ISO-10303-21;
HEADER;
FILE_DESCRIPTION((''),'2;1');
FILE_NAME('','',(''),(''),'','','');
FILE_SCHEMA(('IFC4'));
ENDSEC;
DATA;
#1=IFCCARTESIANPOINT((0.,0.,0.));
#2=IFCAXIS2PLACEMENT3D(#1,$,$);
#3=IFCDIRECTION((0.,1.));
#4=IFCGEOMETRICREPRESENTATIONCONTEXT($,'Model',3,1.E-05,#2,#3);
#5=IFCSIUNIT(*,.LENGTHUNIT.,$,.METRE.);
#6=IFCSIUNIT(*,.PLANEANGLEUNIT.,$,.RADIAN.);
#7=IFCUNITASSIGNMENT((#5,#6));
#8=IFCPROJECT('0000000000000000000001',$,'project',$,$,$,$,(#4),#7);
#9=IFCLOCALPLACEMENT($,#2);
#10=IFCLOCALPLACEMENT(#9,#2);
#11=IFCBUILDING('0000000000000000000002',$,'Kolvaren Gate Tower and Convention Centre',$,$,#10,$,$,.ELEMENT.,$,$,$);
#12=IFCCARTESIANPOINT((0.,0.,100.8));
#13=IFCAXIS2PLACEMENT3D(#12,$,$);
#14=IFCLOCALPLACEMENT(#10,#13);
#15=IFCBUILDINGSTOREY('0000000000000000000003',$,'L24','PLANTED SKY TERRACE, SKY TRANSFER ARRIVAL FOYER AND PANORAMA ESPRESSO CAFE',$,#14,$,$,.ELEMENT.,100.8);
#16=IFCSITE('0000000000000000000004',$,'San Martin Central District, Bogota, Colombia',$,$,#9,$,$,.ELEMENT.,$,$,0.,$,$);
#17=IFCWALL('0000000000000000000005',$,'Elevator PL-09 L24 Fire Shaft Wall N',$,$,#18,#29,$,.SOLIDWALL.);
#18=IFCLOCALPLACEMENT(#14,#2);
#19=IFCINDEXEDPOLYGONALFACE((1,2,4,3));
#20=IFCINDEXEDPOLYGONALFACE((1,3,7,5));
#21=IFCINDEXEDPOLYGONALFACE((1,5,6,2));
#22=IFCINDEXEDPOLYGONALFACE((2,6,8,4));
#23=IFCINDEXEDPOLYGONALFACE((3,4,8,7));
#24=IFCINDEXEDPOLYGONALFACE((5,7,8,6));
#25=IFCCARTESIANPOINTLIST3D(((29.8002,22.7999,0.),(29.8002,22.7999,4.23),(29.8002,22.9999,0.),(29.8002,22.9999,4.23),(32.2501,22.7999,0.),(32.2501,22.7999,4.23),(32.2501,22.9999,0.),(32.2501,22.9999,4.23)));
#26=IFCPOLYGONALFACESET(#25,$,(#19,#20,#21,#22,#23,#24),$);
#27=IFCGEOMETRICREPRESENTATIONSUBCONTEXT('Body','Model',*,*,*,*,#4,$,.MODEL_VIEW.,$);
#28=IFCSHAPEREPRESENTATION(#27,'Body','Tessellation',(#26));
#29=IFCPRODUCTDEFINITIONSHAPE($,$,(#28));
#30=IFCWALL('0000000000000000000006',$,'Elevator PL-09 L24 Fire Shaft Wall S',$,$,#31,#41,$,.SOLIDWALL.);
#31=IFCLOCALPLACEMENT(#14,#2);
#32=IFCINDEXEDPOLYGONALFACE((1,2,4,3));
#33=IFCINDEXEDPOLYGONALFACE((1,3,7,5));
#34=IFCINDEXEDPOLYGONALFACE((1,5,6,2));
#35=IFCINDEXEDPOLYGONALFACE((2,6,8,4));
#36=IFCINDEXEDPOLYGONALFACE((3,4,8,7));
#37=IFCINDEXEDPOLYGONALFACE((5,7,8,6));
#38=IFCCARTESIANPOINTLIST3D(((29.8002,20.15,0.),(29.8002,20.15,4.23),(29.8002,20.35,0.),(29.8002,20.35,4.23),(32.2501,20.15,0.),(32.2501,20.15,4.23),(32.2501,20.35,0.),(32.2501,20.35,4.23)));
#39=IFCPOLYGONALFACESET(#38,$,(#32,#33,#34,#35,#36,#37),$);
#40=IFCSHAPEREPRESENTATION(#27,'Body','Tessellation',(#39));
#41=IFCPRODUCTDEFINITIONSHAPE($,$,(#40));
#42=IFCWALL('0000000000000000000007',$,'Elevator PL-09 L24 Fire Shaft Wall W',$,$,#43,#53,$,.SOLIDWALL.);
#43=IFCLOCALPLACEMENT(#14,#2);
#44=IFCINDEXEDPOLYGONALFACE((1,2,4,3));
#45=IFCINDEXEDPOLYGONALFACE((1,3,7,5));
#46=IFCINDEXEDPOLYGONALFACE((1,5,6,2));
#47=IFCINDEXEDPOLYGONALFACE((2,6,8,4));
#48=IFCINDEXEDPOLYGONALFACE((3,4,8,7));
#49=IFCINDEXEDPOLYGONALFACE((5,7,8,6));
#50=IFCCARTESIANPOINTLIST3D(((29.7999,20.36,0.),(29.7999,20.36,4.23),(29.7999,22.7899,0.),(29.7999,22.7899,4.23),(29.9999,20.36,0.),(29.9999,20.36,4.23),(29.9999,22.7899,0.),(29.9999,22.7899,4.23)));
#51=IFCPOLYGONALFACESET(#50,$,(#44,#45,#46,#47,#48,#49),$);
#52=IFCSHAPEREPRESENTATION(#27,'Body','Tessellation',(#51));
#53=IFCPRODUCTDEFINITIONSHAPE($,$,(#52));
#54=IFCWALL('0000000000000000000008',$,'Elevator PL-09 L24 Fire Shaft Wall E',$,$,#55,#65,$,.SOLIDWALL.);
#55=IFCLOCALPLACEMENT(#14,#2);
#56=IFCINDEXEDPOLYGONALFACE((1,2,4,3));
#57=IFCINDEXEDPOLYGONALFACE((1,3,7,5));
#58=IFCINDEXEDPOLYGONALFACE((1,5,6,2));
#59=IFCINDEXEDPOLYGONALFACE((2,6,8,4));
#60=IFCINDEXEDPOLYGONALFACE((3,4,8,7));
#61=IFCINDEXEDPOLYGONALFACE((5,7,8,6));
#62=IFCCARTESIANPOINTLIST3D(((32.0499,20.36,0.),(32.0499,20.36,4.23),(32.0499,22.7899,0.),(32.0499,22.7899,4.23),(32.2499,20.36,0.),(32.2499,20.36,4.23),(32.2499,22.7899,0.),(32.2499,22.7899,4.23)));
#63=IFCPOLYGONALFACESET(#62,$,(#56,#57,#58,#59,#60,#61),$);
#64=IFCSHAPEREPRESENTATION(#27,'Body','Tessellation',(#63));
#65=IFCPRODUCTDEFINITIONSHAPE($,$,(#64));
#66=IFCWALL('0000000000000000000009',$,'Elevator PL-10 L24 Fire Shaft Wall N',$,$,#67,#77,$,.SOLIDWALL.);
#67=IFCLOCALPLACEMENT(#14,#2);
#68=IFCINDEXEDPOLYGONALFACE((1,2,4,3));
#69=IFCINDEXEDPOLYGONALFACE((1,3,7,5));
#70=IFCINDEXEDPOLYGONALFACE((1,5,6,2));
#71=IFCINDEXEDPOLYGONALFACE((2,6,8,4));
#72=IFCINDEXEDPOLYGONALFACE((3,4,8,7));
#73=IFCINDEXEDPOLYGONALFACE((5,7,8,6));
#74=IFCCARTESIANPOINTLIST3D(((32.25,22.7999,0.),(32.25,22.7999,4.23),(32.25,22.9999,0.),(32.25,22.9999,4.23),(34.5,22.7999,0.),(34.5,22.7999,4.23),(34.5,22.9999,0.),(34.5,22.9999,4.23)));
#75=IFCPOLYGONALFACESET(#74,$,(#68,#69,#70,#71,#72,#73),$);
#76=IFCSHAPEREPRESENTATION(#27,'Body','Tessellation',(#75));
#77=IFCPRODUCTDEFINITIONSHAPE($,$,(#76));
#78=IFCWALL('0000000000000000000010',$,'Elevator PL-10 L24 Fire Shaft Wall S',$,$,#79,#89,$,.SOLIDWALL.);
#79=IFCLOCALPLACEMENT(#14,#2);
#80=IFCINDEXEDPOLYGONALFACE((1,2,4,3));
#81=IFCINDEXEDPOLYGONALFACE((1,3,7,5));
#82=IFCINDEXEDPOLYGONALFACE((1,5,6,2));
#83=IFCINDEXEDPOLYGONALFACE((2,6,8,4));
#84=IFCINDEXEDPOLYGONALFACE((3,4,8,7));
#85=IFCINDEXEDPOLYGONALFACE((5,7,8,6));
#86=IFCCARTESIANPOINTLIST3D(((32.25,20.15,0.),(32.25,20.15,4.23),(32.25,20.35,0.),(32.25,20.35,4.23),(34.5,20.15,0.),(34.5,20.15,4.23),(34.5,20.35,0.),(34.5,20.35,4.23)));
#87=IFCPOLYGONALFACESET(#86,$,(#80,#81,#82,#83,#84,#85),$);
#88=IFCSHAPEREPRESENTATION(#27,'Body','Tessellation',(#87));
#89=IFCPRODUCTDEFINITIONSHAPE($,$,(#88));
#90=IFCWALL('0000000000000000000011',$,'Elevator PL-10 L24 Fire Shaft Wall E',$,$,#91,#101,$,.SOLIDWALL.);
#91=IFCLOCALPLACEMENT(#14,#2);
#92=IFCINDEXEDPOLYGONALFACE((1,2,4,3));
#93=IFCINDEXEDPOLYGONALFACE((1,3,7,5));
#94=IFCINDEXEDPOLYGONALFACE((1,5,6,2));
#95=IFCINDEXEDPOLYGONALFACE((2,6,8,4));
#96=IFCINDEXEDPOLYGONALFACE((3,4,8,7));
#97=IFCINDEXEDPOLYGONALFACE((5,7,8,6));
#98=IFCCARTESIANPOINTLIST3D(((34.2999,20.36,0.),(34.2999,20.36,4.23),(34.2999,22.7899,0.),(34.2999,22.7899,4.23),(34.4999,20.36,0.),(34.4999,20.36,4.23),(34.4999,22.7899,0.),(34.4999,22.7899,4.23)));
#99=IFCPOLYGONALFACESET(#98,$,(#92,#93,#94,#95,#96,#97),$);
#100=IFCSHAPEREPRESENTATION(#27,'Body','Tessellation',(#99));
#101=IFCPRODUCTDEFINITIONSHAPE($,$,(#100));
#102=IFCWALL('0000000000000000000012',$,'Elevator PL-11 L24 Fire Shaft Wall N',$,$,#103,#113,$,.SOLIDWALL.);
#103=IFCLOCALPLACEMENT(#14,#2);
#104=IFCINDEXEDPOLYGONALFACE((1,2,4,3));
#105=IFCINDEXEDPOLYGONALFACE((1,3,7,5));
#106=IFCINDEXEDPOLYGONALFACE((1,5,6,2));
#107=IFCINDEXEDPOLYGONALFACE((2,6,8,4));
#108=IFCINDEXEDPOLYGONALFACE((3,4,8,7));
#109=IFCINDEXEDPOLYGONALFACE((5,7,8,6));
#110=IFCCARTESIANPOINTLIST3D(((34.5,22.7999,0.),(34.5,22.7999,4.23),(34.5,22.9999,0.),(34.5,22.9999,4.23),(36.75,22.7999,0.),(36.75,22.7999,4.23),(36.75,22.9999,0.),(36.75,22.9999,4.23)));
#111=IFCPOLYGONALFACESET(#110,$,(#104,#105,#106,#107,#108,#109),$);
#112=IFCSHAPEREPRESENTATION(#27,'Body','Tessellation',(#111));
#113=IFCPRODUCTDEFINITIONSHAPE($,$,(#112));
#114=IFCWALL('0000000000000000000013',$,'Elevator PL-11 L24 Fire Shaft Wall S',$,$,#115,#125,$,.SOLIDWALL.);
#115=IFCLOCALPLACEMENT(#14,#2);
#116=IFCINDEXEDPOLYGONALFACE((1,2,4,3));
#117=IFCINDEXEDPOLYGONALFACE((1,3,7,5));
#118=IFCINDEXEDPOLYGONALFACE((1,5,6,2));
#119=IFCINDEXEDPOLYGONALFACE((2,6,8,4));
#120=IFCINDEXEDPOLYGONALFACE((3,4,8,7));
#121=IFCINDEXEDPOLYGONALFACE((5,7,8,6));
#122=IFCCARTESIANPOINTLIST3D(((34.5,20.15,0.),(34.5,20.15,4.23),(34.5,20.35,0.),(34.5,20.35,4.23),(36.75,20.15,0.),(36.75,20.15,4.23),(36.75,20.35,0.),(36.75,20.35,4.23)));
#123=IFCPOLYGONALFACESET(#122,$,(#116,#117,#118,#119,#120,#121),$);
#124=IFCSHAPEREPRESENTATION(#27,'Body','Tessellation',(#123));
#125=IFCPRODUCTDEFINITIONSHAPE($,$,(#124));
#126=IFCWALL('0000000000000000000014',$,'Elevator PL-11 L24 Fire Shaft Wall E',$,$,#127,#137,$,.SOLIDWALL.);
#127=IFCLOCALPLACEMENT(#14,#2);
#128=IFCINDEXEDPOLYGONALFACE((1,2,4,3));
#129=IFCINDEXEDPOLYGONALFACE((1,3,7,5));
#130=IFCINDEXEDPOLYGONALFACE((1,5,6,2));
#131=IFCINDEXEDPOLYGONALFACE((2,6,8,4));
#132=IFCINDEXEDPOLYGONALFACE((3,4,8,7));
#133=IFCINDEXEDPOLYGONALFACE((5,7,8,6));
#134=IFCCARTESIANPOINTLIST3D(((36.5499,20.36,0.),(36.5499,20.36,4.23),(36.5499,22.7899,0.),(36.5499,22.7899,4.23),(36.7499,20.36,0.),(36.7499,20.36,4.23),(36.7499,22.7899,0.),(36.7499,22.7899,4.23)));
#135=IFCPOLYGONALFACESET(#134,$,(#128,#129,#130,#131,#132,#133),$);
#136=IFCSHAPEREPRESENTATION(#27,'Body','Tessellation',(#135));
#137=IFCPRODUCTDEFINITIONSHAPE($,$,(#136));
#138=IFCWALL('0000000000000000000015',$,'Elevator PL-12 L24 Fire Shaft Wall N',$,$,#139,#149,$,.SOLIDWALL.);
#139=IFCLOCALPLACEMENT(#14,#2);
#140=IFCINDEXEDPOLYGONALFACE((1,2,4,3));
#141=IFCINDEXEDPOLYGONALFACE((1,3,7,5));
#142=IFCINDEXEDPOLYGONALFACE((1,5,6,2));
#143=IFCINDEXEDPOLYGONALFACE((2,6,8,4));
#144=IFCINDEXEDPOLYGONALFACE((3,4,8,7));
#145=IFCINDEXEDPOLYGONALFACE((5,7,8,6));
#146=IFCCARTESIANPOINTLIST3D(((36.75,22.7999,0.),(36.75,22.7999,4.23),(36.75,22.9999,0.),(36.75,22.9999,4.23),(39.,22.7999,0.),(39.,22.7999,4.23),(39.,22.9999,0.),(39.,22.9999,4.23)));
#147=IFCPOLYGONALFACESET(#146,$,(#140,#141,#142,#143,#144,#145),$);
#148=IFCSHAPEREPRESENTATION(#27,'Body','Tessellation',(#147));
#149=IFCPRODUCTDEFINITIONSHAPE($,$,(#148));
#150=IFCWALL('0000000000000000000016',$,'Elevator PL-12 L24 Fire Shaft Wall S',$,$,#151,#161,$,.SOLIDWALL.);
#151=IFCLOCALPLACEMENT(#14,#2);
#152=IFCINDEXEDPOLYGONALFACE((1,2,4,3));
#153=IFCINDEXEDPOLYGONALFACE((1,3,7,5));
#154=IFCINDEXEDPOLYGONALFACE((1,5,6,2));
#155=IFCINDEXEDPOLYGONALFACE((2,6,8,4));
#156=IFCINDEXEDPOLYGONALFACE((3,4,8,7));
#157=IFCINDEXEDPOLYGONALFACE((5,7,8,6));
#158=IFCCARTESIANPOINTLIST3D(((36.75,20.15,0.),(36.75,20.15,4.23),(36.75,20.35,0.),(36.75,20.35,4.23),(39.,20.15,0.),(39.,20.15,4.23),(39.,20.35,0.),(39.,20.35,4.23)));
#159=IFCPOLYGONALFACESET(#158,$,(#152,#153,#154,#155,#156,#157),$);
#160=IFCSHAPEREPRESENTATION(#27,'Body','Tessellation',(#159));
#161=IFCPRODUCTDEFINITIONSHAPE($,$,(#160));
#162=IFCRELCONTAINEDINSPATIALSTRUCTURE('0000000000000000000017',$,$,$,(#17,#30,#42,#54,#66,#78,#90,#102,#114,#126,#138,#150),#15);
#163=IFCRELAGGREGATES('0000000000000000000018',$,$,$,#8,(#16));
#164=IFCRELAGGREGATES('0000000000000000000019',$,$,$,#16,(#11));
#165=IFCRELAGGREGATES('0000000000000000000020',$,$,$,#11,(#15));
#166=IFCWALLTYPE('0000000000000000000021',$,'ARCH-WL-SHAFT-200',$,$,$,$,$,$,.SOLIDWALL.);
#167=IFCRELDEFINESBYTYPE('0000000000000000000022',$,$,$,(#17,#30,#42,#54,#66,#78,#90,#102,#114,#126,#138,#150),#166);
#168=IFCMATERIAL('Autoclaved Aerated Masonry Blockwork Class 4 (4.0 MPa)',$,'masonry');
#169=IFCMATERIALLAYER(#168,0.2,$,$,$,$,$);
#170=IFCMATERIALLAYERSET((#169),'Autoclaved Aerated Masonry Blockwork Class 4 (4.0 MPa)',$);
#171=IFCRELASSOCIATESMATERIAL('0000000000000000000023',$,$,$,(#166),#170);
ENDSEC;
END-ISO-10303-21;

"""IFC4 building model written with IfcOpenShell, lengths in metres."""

from ifc_helpers import new_model, si_unit, direction, frame, frame_2d, origin, place, context, subcontext, project, spatial, rectangle, extrude, material, layer, layer_set, type_object, element, save


model = new_model("IFC4")

# Units and contexts
model_context = context("Model", 3, precision=1e-05, world=origin(), true_north=direction((0.0, 1.0)))
body_context = subcontext(model_context, "Body", "Model", "MODEL_VIEW")
ifc_project = project(units=[si_unit("LENGTHUNIT", "METRE"), si_unit("PLANEANGLEUNIT", "RADIAN")], contexts=[model_context])

# Site, building, storey
site_placement = place(None, origin())
site = spatial("IfcSite", under=ifc_project, at=site_placement, Name="San Martin Central District, Bogota, Colombia", CompositionType="ELEMENT", RefElevation=0.0)
building_placement = place(site_placement, origin())
building = spatial("IfcBuilding", under=site, at=building_placement, Name="Kolvaren Gate Tower and Convention Centre", CompositionType="ELEMENT")
storey_placement = place(building_placement, frame((0.0, 0.0, 100.8)))
storey = spatial("IfcBuildingStorey", under=building, at=storey_placement, Name="L24", Description="PLANTED SKY TERRACE, SKY TRANSFER ARRIVAL FOYER AND PANORAMA ESPRESSO CAFE", CompositionType="ELEMENT", Elevation=100.8)

# Shared definitions
ifc_material_1 = material(Name="Autoclaved Aerated Masonry Blockwork Class 4 (4.0 MPa)", Category="masonry")
ifc_layer_1 = layer(ifc_material_1, 0.2)
ifc_layer_set_1 = layer_set([ifc_layer_1], Name="Autoclaved Aerated Masonry Blockwork Class 4 (4.0 MPa)")
wall_type_1 = type_object("IfcWallType", Name="ARCH-WL-SHAFT-200", PredefinedType="SOLIDWALL", material=ifc_layer_set_1)

# Walls
for number, where, z_axis, x_axis, name in (
    (1, (29.8, 22.8999, 0.0), (0.0, 0.0, 1.0), (1.0, 0.0, 0.0), "Elevator PL-09 L24 Fire Shaft Wall N"),
    (2, (29.8, 20.25, 0.0), (0.0, 0.0, 1.0), (1.0, 0.0, 0.0), "Elevator PL-09 L24 Fire Shaft Wall S"),
):
    element("IfcWall", number, at=place(storey_placement, frame(where, z_axis=z_axis, x_axis=x_axis)), inside=storey, type_object=wall_type_1, Name=name, PredefinedType="SOLIDWALL", context=body_context, shape_type="SweptSolid", body=[
        extrude(rectangle(XDim=2.45, YDim=0.2, at=frame_2d((1.2251, 0.0))), origin(), (0.0, 0.0, 1.0), 4.23),
    ])
for number, where, z_axis, x_axis, name in (
    (3, (29.8999, 20.3601, 0.0), (0.0, 0.0, 1.0), (0.0, 1.0, 0.0), "Elevator PL-09 L24 Fire Shaft Wall W"),
    (4, (32.1499, 20.3601, 0.0), (0.0, 0.0, 1.0), (0.0, 1.0, 0.0), "Elevator PL-09 L24 Fire Shaft Wall E"),
):
    element("IfcWall", number, at=place(storey_placement, frame(where, z_axis=z_axis, x_axis=x_axis)), inside=storey, type_object=wall_type_1, Name=name, PredefinedType="SOLIDWALL", context=body_context, shape_type="SweptSolid", body=[
        extrude(rectangle(XDim=2.4299, YDim=0.2, at=frame_2d((1.2148, 0.0))), origin(), (0.0, 0.0, 1.0), 4.23),
    ])
for number, where, z_axis, x_axis, name in (
    (5, (32.25, 22.8999, 0.0), (0.0, 0.0, 1.0), (1.0, 0.0, 0.0), "Elevator PL-10 L24 Fire Shaft Wall N"),
    (6, (32.25, 20.25, 0.0), (0.0, 0.0, 1.0), (1.0, 0.0, 0.0), "Elevator PL-10 L24 Fire Shaft Wall S"),
):
    element("IfcWall", number, at=place(storey_placement, frame(where, z_axis=z_axis, x_axis=x_axis)), inside=storey, type_object=wall_type_1, Name=name, PredefinedType="SOLIDWALL", context=body_context, shape_type="SweptSolid", body=[
        extrude(rectangle(XDim=2.25, YDim=0.2, at=frame_2d((1.125, 0.0))), origin(), (0.0, 0.0, 1.0), 4.23),
    ])
wall_1_placement = place(storey_placement, frame((34.3999, 20.3601, 0.0), z_axis=(0.0, 0.0, 1.0), x_axis=(0.0, 1.0, 0.0)))
element("IfcWall", 7, at=wall_1_placement, inside=storey, type_object=wall_type_1, Name="Elevator PL-10 L24 Fire Shaft Wall E", PredefinedType="SOLIDWALL", context=body_context, shape_type="SweptSolid", body=[
    extrude(rectangle(XDim=2.4299, YDim=0.2, at=frame_2d((1.2148, 0.0))), origin(), (0.0, 0.0, 1.0), 4.23),
])
for number, where, z_axis, x_axis, name in (
    (8, (34.5, 22.8999, 0.0), (0.0, 0.0, 1.0), (1.0, 0.0, 0.0), "Elevator PL-11 L24 Fire Shaft Wall N"),
    (9, (34.5, 20.25, 0.0), (0.0, 0.0, 1.0), (1.0, 0.0, 0.0), "Elevator PL-11 L24 Fire Shaft Wall S"),
):
    element("IfcWall", number, at=place(storey_placement, frame(where, z_axis=z_axis, x_axis=x_axis)), inside=storey, type_object=wall_type_1, Name=name, PredefinedType="SOLIDWALL", context=body_context, shape_type="SweptSolid", body=[
        extrude(rectangle(XDim=2.25, YDim=0.2, at=frame_2d((1.125, 0.0))), origin(), (0.0, 0.0, 1.0), 4.23),
    ])
wall_2_placement = place(storey_placement, frame((36.6499, 20.3601, 0.0), z_axis=(0.0, 0.0, 1.0), x_axis=(0.0, 1.0, 0.0)))
element("IfcWall", 10, at=wall_2_placement, inside=storey, type_object=wall_type_1, Name="Elevator PL-11 L24 Fire Shaft Wall E", PredefinedType="SOLIDWALL", context=body_context, shape_type="SweptSolid", body=[
    extrude(rectangle(XDim=2.4299, YDim=0.2, at=frame_2d((1.2148, 0.0))), origin(), (0.0, 0.0, 1.0), 4.23),
])
for number, where, z_axis, x_axis, name in (
    (11, (36.75, 22.8999, 0.0), (0.0, 0.0, 1.0), (1.0, 0.0, 0.0), "Elevator PL-12 L24 Fire Shaft Wall N"),
    (12, (36.75, 20.25, 0.0), (0.0, 0.0, 1.0), (1.0, 0.0, 0.0), "Elevator PL-12 L24 Fire Shaft Wall S"),
):
    element("IfcWall", number, at=place(storey_placement, frame(where, z_axis=z_axis, x_axis=x_axis)), inside=storey, type_object=wall_type_1, Name=name, PredefinedType="SOLIDWALL", context=body_context, shape_type="SweptSolid", body=[
        extrude(rectangle(XDim=2.25, YDim=0.2, at=frame_2d((1.125, 0.0))), origin(), (0.0, 0.0, 1.0), 4.23),
    ])

save(model, "model.ifc")
